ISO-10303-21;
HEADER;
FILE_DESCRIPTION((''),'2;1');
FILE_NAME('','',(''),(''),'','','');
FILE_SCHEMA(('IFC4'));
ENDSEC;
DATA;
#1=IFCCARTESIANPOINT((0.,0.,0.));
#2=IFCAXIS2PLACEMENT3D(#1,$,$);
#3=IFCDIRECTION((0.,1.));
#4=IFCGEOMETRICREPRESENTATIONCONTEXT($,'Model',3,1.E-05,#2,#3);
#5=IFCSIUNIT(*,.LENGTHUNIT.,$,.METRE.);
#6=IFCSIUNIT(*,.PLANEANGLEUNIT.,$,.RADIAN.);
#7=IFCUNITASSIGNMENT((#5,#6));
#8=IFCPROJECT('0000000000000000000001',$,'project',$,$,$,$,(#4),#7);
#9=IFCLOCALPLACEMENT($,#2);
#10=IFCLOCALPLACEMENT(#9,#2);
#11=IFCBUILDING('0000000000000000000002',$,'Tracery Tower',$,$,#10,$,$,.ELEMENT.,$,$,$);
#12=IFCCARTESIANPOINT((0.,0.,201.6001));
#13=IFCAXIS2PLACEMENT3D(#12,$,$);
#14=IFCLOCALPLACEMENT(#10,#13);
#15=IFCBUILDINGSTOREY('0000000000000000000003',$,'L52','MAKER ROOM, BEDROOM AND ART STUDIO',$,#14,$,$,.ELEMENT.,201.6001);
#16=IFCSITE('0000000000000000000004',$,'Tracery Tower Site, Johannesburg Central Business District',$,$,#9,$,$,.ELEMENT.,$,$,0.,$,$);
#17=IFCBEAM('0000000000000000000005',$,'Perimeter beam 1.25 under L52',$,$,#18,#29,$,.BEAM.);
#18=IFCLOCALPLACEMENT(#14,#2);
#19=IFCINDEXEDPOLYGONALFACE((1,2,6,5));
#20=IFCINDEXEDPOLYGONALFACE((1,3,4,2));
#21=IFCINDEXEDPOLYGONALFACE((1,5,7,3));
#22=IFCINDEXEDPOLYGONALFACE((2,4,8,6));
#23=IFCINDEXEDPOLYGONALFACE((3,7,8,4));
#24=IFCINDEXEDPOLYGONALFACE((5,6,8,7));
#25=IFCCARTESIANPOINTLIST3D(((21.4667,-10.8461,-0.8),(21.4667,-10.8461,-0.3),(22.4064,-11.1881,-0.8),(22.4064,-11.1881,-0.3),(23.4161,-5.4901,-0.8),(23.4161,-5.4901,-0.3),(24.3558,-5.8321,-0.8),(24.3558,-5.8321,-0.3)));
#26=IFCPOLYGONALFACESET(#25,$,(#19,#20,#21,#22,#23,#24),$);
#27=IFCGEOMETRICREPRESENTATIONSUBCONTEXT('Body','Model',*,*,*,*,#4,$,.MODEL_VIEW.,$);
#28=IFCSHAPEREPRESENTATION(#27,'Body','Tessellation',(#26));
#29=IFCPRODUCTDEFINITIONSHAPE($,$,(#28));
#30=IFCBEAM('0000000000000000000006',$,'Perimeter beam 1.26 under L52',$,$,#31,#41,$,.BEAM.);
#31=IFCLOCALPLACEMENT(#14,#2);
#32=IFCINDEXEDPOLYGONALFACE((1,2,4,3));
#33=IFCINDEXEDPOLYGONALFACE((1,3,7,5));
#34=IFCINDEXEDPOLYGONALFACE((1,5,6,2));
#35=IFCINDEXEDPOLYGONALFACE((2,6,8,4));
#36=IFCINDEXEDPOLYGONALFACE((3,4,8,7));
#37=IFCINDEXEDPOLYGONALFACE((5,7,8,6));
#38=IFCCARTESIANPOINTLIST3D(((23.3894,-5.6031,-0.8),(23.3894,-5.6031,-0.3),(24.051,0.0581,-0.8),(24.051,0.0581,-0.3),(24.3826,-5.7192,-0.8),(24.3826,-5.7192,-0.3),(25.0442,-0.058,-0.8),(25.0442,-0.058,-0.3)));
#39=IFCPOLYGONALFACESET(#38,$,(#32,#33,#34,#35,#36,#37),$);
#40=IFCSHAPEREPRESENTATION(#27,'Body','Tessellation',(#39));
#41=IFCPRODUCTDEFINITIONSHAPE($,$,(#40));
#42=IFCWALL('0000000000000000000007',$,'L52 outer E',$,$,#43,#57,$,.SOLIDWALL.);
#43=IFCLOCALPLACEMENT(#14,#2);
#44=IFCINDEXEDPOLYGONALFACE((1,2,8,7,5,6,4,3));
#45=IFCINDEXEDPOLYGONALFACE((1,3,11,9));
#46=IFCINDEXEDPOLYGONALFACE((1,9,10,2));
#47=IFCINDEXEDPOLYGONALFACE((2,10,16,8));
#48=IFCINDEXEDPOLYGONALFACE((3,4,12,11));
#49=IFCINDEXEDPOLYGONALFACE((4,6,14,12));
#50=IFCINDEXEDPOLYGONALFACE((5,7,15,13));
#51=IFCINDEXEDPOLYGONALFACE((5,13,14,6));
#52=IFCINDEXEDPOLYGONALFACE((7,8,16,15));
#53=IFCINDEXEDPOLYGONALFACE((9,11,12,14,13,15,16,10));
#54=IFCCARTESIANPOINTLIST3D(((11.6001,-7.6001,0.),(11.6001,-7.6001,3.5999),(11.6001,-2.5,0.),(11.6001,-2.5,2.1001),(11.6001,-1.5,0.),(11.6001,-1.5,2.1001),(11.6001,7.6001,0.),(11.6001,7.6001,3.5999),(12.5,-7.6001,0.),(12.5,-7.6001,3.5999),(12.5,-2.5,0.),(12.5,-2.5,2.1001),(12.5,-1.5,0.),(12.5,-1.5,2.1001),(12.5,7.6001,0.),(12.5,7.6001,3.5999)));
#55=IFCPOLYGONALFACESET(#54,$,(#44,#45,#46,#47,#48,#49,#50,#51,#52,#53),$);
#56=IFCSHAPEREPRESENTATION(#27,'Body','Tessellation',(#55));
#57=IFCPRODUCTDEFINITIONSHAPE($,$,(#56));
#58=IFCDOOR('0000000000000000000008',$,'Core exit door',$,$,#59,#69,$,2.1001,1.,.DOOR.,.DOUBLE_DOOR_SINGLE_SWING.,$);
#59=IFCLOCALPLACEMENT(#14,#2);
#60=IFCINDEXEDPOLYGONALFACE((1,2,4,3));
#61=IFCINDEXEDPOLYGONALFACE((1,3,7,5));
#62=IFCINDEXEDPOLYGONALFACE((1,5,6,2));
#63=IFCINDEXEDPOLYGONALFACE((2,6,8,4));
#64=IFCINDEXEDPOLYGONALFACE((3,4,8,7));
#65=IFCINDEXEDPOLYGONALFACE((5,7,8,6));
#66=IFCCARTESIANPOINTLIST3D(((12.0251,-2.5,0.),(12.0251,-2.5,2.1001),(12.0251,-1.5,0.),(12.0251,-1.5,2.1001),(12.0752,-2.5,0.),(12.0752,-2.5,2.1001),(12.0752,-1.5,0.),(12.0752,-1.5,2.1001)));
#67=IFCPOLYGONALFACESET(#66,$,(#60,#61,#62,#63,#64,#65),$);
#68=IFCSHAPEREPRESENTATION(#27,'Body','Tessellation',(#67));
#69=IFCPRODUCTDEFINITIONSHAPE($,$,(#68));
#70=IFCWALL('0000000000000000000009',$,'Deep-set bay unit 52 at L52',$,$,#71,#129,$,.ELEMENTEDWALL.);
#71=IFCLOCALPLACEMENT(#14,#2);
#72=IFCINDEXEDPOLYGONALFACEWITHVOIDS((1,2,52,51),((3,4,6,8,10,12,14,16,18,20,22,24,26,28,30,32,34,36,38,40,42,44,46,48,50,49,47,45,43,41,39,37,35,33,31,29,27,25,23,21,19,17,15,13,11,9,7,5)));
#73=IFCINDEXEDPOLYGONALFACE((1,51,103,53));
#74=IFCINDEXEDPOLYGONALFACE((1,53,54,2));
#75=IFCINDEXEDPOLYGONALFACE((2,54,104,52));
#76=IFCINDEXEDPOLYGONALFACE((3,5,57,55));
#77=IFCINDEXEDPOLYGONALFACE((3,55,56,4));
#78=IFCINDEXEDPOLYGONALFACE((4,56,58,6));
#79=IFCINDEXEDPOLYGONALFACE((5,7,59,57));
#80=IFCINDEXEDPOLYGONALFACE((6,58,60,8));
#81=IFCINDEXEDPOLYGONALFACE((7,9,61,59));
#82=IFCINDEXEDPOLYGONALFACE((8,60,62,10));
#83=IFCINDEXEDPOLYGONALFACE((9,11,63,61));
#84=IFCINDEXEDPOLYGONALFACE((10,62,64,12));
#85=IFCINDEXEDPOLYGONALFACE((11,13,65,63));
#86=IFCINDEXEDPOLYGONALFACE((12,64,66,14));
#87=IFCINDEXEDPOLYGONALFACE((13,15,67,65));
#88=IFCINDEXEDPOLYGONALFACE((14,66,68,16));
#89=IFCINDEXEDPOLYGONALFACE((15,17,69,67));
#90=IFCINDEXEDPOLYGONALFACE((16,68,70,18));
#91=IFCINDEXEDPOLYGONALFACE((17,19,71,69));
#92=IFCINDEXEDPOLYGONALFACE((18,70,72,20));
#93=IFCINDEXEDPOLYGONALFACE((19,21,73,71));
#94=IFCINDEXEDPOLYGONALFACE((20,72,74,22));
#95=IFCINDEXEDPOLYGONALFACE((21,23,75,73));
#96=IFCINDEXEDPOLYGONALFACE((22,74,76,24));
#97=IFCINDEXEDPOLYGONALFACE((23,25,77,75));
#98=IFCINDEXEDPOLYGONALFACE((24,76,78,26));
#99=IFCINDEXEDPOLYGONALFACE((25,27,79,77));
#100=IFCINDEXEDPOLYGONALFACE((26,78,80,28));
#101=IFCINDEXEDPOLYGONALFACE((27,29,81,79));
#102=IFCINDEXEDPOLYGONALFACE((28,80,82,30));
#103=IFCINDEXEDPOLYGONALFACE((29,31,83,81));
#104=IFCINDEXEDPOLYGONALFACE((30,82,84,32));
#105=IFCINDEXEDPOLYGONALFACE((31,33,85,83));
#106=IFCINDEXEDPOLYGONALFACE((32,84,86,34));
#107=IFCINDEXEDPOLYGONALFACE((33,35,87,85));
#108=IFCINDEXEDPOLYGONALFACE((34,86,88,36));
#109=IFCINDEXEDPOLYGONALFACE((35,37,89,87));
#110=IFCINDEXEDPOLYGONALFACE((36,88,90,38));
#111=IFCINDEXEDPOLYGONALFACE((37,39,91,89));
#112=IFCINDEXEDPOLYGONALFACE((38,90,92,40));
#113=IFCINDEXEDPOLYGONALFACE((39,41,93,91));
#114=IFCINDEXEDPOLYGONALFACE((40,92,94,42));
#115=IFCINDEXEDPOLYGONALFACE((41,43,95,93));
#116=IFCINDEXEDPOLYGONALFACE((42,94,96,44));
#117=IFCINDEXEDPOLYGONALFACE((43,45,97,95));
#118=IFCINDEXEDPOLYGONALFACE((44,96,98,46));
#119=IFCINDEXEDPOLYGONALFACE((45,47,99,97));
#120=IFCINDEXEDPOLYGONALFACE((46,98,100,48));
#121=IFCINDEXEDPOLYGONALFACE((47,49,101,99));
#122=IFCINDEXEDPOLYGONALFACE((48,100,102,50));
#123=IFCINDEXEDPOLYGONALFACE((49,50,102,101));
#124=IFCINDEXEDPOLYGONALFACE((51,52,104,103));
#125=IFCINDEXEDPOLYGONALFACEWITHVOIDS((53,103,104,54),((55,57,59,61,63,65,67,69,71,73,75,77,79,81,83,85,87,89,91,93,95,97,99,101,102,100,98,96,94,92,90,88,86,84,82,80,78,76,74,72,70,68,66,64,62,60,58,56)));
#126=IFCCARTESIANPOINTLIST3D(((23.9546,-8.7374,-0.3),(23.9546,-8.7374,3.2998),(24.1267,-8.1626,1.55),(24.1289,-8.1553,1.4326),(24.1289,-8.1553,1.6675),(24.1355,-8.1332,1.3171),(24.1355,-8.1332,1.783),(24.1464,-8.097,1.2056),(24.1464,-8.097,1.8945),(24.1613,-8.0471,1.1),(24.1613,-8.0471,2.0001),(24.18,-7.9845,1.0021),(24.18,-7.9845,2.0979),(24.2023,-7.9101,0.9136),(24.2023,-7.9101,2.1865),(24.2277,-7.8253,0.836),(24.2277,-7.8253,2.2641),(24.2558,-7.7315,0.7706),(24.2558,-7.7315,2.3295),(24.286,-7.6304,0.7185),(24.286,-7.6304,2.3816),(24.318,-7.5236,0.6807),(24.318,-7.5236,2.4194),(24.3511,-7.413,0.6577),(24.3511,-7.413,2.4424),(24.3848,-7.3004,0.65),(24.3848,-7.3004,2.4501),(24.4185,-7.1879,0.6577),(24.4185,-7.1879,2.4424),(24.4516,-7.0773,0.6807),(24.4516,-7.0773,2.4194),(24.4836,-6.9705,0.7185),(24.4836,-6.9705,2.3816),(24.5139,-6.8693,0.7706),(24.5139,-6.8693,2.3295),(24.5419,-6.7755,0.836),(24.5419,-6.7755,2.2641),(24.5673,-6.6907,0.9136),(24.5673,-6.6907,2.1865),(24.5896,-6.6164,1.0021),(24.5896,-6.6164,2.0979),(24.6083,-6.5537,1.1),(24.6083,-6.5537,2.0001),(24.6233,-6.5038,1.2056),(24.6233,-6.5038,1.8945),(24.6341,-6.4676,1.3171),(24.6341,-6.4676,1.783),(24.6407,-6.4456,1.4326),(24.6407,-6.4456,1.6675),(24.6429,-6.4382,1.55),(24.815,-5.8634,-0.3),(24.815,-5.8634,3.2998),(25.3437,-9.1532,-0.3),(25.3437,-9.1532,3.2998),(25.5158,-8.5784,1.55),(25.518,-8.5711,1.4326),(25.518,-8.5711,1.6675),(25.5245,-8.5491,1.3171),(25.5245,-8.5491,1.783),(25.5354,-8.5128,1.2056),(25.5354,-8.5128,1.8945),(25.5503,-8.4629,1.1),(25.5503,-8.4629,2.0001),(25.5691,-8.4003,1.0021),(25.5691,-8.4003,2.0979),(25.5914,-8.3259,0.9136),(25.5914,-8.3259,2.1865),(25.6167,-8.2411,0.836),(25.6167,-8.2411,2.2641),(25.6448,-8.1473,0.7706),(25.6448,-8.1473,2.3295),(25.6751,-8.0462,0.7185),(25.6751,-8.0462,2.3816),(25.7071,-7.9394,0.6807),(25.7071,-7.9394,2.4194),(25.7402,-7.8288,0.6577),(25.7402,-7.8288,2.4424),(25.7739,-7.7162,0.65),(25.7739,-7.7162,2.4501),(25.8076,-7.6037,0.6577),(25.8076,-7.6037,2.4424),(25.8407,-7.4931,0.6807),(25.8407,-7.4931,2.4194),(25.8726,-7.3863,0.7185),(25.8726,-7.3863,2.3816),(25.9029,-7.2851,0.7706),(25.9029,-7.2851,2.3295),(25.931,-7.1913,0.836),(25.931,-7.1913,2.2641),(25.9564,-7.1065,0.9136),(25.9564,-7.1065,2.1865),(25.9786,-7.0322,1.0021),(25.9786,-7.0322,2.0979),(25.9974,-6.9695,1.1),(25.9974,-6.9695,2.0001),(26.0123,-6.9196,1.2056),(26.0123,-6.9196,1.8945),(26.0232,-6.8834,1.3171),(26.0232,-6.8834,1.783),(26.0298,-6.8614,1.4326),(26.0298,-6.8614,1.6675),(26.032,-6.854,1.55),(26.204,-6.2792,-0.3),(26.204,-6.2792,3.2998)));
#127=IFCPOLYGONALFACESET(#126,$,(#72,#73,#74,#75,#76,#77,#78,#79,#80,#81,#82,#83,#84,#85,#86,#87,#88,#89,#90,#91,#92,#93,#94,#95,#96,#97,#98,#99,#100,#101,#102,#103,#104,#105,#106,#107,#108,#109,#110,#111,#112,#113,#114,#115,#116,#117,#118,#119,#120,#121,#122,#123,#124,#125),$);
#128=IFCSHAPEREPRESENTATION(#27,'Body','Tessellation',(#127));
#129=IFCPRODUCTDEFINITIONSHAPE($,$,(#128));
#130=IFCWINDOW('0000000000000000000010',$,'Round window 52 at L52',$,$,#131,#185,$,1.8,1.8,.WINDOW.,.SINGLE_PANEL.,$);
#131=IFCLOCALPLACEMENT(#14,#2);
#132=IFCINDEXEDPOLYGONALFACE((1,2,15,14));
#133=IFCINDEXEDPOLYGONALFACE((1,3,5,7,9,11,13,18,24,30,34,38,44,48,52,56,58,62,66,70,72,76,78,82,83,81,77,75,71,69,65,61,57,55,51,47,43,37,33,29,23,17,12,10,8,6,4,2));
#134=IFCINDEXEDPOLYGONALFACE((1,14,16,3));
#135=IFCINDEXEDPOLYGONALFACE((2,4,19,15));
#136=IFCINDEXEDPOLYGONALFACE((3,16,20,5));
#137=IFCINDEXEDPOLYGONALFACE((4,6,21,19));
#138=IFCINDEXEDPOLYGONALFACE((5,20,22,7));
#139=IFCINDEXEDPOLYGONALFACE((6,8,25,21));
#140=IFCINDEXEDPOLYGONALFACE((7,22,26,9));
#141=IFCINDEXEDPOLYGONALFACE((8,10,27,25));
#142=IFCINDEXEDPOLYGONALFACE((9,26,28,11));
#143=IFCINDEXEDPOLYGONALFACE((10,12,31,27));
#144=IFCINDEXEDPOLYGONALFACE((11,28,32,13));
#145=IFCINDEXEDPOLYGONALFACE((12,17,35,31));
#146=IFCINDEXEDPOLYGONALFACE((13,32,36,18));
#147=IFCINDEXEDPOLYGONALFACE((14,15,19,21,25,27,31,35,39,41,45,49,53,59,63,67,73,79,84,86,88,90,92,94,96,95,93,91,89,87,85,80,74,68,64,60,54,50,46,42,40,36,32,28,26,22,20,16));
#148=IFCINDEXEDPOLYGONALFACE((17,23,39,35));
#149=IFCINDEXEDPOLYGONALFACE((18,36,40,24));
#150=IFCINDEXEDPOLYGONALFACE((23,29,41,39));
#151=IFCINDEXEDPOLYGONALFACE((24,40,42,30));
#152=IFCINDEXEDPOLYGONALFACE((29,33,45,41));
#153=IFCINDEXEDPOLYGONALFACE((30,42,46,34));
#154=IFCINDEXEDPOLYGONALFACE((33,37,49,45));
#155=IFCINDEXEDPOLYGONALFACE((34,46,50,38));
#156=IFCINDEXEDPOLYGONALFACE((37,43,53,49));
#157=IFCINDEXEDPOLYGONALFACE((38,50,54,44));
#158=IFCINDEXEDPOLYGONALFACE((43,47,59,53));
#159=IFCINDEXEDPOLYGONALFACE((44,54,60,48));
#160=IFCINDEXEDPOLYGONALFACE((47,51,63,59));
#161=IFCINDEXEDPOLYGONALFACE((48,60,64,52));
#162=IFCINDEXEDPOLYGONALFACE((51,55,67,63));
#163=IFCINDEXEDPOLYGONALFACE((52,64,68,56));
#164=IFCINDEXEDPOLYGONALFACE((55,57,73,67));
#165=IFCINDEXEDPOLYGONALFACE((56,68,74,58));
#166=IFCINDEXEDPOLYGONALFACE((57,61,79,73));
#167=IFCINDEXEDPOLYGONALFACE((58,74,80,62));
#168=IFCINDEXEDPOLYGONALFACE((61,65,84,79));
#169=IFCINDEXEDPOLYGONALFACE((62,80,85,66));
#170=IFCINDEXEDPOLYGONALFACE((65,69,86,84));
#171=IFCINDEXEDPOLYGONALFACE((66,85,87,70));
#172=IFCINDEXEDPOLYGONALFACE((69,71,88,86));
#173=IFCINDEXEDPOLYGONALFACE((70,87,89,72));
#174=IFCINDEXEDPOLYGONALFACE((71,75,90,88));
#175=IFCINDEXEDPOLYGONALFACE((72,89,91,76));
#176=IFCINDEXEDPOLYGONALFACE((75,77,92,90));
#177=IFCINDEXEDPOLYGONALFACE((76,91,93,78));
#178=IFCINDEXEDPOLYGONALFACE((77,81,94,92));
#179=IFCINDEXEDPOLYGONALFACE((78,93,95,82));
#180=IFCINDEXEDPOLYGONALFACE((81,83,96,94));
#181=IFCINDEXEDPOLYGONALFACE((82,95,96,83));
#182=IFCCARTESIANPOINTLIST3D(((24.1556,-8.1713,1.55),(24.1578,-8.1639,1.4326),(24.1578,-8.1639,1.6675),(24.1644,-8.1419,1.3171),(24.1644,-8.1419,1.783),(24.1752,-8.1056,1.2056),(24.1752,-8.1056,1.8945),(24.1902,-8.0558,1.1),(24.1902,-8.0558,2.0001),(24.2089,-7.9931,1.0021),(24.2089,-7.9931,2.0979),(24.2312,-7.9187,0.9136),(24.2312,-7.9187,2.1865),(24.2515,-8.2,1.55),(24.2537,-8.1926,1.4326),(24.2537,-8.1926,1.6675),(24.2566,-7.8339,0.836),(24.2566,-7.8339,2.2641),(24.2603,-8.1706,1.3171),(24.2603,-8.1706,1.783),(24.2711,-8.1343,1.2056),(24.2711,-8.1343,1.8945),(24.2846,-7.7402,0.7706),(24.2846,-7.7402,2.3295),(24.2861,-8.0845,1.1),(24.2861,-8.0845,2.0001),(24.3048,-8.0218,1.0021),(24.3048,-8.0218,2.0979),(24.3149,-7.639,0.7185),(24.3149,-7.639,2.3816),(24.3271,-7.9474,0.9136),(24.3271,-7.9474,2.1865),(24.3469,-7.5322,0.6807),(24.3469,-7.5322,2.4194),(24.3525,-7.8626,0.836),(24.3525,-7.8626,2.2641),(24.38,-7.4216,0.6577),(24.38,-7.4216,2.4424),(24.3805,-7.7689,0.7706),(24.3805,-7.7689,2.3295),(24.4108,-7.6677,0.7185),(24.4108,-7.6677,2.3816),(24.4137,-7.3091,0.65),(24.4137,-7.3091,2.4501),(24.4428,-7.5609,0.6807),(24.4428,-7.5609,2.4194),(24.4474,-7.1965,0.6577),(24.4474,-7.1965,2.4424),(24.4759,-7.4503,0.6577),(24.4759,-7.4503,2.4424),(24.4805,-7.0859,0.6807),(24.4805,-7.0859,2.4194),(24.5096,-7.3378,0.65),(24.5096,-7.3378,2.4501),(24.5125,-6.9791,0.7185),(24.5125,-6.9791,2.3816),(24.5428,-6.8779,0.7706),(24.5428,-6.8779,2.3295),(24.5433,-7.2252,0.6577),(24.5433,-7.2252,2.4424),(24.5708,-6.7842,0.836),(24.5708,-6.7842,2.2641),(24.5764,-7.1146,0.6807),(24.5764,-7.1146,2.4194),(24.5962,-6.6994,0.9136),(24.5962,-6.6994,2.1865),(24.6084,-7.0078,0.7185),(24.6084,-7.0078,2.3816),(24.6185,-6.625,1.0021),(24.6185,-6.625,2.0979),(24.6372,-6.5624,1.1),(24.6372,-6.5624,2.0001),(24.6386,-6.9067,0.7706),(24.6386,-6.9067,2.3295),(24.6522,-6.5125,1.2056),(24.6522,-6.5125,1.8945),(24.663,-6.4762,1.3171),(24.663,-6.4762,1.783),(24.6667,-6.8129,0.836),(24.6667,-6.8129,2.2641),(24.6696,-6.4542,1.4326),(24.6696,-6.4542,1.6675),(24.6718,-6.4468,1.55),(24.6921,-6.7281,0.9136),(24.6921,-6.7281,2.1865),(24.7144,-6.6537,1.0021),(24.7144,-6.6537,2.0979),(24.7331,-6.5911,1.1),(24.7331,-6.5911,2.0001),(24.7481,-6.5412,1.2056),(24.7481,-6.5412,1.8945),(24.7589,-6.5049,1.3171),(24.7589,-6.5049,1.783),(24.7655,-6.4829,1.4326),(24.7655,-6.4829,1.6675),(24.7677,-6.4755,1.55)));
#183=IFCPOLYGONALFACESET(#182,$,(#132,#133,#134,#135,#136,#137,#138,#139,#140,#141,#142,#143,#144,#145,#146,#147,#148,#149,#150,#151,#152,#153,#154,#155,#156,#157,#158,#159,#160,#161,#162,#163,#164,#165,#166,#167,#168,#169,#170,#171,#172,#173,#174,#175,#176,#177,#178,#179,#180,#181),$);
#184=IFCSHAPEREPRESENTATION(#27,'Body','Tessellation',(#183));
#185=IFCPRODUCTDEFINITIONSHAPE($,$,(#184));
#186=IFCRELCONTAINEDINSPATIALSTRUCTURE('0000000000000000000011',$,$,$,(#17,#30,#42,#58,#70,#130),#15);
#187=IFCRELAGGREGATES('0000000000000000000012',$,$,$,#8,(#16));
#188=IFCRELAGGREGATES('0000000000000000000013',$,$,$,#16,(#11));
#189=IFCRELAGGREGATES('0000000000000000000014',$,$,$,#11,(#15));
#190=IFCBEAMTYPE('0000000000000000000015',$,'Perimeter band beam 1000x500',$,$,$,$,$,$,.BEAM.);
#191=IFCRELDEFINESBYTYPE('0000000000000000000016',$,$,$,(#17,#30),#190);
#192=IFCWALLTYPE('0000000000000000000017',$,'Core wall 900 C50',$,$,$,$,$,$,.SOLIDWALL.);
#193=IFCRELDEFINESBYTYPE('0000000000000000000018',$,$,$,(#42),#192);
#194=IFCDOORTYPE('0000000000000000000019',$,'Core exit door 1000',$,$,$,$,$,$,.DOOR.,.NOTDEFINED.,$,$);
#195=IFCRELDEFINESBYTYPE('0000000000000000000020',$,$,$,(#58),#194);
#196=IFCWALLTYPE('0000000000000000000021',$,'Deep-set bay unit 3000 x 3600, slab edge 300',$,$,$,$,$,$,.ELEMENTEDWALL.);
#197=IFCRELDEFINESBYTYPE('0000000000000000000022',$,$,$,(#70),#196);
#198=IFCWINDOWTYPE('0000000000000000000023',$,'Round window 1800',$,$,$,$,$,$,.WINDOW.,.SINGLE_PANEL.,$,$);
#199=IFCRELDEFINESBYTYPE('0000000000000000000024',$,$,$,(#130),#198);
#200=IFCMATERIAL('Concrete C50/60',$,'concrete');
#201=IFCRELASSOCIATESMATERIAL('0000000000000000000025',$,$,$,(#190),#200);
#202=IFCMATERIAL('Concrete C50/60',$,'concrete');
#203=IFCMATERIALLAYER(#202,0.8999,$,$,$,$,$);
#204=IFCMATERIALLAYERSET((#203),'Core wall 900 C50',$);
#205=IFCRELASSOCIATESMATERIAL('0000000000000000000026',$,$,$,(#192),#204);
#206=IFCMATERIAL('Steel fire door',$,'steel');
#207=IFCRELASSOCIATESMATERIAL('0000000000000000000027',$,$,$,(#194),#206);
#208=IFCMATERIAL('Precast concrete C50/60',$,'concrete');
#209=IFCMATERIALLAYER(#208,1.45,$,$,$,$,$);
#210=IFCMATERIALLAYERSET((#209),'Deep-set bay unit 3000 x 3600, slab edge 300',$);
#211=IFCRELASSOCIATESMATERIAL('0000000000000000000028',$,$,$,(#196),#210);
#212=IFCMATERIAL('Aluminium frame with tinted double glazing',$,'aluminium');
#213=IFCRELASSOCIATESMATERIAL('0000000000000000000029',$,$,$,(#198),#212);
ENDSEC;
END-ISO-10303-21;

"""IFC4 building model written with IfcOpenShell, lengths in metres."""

from ifc_helpers import new_model, si_unit, direction, frame, frame_2d, origin, origin_2d, place, context, subcontext, project, spatial, rectangle, circle, extrude, material, layer, layer_set, material_profile, profile_set, type_object, element, fill, save


model = new_model("IFC4")

# Units and contexts
model_context = context("Model", 3, precision=1e-05, world=origin(), true_north=direction((0.0, 1.0)))
body_context = subcontext(model_context, "Body", "Model", "MODEL_VIEW")
ifc_project = project(units=[si_unit("LENGTHUNIT", "METRE"), si_unit("PLANEANGLEUNIT", "RADIAN")], contexts=[model_context])

# Site, building, storey
site_placement = place(None, origin())
site = spatial("IfcSite", under=ifc_project, at=site_placement, Name="Tracery Tower Site, Johannesburg Central Business District", CompositionType="ELEMENT", RefElevation=0.0)
building_placement = place(site_placement, origin())
building = spatial("IfcBuilding", under=site, at=building_placement, Name="Tracery Tower", CompositionType="ELEMENT")
storey_placement = place(building_placement, frame((0.0, 0.0, 201.6001)))
storey = spatial("IfcBuildingStorey", under=building, at=storey_placement, Name="L52", Description="MAKER ROOM, BEDROOM AND ART STUDIO", CompositionType="ELEMENT", Elevation=201.6001)

# Beams
ifc_material_1 = material(Name="Concrete C50/60", Category="concrete")
ifc_material_profile_1 = material_profile(ifc_material_1, rectangle(XDim=1.0, YDim=0.5, at=origin_2d()), Name="RC 1000x500")
ifc_profile_set_1 = profile_set([ifc_material_profile_1], Name="Concrete C50/60")
beam_type = type_object("IfcBeamType", Name="Perimeter band beam 1000x500", PredefinedType="BEAM", material=ifc_profile_set_1)
for number, where, z_axis, x_axis, name in (
    (1, (21.9365, -11.0171, -0.55), (0.342029, 0.93969, 0.0), (-0.93969, 0.342029, 0.0), "Perimeter beam 1.25 under L52"),
    (2, (23.886, -5.6611, -0.55), (0.116081, 0.99324, 0.0), (-0.99324, 0.116081, 0.0), "Perimeter beam 1.26 under L52"),
):
    element("IfcBeam", number, at=place(storey_placement, frame(where, z_axis=z_axis, x_axis=x_axis)), inside=storey, type_object=beam_type, Name=name, PredefinedType="BEAM", context=body_context, shape_type="SweptSolid", body=[
        extrude(rectangle(XDim=1.0, YDim=0.5, at=origin_2d()), origin(), (0.0, 0.0, 1.0), 5.6997),
    ])

# Wall, opening, door
ifc_material_2 = material(Name="Concrete C50/60", Category="concrete")
ifc_layer_1 = layer(ifc_material_2, 0.8999)
ifc_layer_set_1 = layer_set([ifc_layer_1], Name="Core wall 900 C50")
wall_type_1 = type_object("IfcWallType", Name="Core wall 900 C50", PredefinedType="SOLIDWALL", material=ifc_layer_set_1)
wall_1_placement = place(storey_placement, frame((12.05, -7.6001, 0.0), z_axis=(0.0, 0.0, 1.0), x_axis=(0.0, 1.0, 0.0)))
wall_1 = element("IfcWall", 3, at=wall_1_placement, inside=storey, type_object=wall_type_1, Name="L52 outer E", PredefinedType="SOLIDWALL", context=body_context, shape_type="SweptSolid", body=[
    extrude(rectangle(XDim=15.2002, YDim=0.8999, at=frame_2d((7.6001, 0.0))), origin(), (0.0, 0.0, 1.0), 3.5999),
])
opening_1_placement = place(wall_1_placement, frame((5.1001, 0.0, 0.0)))
opening_1 = element("IfcOpeningElement", 4, at=opening_1_placement, cuts=wall_1, PredefinedType="OPENING", context=body_context, shape_type="SweptSolid", body=[
    extrude(rectangle(XDim=1.0, YDim=2.1001, at=frame_2d((0.5, 1.05))), frame((0.0, 0.45, 0.0), z_axis=(0.0, -1.0, 0.0), x_axis=(1.0, 0.0, 0.0)), (0.0, 0.0, 1.0), 0.8999),
])
ifc_material_3 = material(Name="Steel fire door", Category="steel")
door_type_1 = type_object("IfcDoorType", Name="Core exit door 1000", OperationType="NOTDEFINED", PredefinedType="DOOR", material=ifc_material_3)
door_1_placement = place(opening_1_placement, origin())
door_1 = element("IfcDoor", 5, at=door_1_placement, inside=storey, type_object=door_type_1, Name="Core exit door", OperationType="DOUBLE_DOOR_SINGLE_SWING", OverallHeight=2.1001, OverallWidth=1.0, PredefinedType="DOOR", context=body_context, shape_type="SweptSolid", body=[
    extrude(rectangle(XDim=1.0, YDim=2.1001, at=frame_2d((0.5, 1.05))), frame((0.0, 0.0249, 0.0), z_axis=(0.0, -1.0, 0.0), x_axis=(1.0, 0.0, 0.0)), (0.0, 0.0, 1.0), 0.05),
])
fill(opening_1, door_1)

# Wall, opening, window
ifc_material_4 = material(Name="Precast concrete C50/60", Category="concrete")
ifc_layer_2 = layer(ifc_material_4, 1.45)
ifc_layer_set_2 = layer_set([ifc_layer_2], Name="Deep-set bay unit 3000 x 3600, slab edge 300")
wall_type_2 = type_object("IfcWallType", Name="Deep-set bay unit 3000 x 3600, slab edge 300", PredefinedType="ELEMENTEDWALL", material=ifc_layer_set_2)
wall_2_placement = place(storey_placement, frame((24.6492, -8.9453, -0.3), z_axis=(0.0, 0.0, 1.0), x_axis=(0.28678, 0.957996, 0.0)))
wall_2 = element("IfcWall", 6, at=wall_2_placement, inside=storey, type_object=wall_type_2, Name="Deep-set bay unit 52 at L52", PredefinedType="ELEMENTEDWALL", context=body_context, shape_type="SweptSolid", body=[
    extrude(rectangle(XDim=3.0, YDim=1.45, at=frame_2d((1.5, 0.0))), origin(), (0.0, 0.0, 1.0), 3.5999),
])
opening_2_placement = place(wall_2_placement, frame((1.5, 0.0, 1.8501)))
opening_2 = element("IfcOpeningElement", 7, at=opening_2_placement, cuts=wall_2, PredefinedType="OPENING", context=body_context, shape_type="SweptSolid", body=[
    extrude(circle(Radius=0.9, at=origin_2d()), frame((0.0, 0.7349, 0.0), z_axis=(0.0, -1.0, 0.0), x_axis=(1.0, 0.0, 0.0)), (0.0, 0.0, 1.0), 1.47),
])
ifc_material_5 = material(Name="Aluminium frame with tinted double glazing", Category="aluminium")
window_type = type_object("IfcWindowType", Name="Round window 1800", PartitioningType="SINGLE_PANEL", PredefinedType="WINDOW", material=ifc_material_5)
window_1_placement = place(opening_2_placement, origin())
window_1 = element("IfcWindow", 8, at=window_1_placement, inside=storey, type_object=window_type, Name="Round window 52 at L52", OverallHeight=1.8, OverallWidth=1.8, PartitioningType="SINGLE_PANEL", PredefinedType="WINDOW", context=body_context, shape_type="SweptSolid", body=[
    extrude(circle(Radius=0.9, at=origin_2d()), frame((0.0, 0.6948, 0.0), z_axis=(0.0, -1.0, 0.0), x_axis=(1.0, 0.0, 0.0)), (0.0, 0.0, 1.0), 0.1001),
])
fill(opening_2, window_1)

save(model, "model.ifc")
